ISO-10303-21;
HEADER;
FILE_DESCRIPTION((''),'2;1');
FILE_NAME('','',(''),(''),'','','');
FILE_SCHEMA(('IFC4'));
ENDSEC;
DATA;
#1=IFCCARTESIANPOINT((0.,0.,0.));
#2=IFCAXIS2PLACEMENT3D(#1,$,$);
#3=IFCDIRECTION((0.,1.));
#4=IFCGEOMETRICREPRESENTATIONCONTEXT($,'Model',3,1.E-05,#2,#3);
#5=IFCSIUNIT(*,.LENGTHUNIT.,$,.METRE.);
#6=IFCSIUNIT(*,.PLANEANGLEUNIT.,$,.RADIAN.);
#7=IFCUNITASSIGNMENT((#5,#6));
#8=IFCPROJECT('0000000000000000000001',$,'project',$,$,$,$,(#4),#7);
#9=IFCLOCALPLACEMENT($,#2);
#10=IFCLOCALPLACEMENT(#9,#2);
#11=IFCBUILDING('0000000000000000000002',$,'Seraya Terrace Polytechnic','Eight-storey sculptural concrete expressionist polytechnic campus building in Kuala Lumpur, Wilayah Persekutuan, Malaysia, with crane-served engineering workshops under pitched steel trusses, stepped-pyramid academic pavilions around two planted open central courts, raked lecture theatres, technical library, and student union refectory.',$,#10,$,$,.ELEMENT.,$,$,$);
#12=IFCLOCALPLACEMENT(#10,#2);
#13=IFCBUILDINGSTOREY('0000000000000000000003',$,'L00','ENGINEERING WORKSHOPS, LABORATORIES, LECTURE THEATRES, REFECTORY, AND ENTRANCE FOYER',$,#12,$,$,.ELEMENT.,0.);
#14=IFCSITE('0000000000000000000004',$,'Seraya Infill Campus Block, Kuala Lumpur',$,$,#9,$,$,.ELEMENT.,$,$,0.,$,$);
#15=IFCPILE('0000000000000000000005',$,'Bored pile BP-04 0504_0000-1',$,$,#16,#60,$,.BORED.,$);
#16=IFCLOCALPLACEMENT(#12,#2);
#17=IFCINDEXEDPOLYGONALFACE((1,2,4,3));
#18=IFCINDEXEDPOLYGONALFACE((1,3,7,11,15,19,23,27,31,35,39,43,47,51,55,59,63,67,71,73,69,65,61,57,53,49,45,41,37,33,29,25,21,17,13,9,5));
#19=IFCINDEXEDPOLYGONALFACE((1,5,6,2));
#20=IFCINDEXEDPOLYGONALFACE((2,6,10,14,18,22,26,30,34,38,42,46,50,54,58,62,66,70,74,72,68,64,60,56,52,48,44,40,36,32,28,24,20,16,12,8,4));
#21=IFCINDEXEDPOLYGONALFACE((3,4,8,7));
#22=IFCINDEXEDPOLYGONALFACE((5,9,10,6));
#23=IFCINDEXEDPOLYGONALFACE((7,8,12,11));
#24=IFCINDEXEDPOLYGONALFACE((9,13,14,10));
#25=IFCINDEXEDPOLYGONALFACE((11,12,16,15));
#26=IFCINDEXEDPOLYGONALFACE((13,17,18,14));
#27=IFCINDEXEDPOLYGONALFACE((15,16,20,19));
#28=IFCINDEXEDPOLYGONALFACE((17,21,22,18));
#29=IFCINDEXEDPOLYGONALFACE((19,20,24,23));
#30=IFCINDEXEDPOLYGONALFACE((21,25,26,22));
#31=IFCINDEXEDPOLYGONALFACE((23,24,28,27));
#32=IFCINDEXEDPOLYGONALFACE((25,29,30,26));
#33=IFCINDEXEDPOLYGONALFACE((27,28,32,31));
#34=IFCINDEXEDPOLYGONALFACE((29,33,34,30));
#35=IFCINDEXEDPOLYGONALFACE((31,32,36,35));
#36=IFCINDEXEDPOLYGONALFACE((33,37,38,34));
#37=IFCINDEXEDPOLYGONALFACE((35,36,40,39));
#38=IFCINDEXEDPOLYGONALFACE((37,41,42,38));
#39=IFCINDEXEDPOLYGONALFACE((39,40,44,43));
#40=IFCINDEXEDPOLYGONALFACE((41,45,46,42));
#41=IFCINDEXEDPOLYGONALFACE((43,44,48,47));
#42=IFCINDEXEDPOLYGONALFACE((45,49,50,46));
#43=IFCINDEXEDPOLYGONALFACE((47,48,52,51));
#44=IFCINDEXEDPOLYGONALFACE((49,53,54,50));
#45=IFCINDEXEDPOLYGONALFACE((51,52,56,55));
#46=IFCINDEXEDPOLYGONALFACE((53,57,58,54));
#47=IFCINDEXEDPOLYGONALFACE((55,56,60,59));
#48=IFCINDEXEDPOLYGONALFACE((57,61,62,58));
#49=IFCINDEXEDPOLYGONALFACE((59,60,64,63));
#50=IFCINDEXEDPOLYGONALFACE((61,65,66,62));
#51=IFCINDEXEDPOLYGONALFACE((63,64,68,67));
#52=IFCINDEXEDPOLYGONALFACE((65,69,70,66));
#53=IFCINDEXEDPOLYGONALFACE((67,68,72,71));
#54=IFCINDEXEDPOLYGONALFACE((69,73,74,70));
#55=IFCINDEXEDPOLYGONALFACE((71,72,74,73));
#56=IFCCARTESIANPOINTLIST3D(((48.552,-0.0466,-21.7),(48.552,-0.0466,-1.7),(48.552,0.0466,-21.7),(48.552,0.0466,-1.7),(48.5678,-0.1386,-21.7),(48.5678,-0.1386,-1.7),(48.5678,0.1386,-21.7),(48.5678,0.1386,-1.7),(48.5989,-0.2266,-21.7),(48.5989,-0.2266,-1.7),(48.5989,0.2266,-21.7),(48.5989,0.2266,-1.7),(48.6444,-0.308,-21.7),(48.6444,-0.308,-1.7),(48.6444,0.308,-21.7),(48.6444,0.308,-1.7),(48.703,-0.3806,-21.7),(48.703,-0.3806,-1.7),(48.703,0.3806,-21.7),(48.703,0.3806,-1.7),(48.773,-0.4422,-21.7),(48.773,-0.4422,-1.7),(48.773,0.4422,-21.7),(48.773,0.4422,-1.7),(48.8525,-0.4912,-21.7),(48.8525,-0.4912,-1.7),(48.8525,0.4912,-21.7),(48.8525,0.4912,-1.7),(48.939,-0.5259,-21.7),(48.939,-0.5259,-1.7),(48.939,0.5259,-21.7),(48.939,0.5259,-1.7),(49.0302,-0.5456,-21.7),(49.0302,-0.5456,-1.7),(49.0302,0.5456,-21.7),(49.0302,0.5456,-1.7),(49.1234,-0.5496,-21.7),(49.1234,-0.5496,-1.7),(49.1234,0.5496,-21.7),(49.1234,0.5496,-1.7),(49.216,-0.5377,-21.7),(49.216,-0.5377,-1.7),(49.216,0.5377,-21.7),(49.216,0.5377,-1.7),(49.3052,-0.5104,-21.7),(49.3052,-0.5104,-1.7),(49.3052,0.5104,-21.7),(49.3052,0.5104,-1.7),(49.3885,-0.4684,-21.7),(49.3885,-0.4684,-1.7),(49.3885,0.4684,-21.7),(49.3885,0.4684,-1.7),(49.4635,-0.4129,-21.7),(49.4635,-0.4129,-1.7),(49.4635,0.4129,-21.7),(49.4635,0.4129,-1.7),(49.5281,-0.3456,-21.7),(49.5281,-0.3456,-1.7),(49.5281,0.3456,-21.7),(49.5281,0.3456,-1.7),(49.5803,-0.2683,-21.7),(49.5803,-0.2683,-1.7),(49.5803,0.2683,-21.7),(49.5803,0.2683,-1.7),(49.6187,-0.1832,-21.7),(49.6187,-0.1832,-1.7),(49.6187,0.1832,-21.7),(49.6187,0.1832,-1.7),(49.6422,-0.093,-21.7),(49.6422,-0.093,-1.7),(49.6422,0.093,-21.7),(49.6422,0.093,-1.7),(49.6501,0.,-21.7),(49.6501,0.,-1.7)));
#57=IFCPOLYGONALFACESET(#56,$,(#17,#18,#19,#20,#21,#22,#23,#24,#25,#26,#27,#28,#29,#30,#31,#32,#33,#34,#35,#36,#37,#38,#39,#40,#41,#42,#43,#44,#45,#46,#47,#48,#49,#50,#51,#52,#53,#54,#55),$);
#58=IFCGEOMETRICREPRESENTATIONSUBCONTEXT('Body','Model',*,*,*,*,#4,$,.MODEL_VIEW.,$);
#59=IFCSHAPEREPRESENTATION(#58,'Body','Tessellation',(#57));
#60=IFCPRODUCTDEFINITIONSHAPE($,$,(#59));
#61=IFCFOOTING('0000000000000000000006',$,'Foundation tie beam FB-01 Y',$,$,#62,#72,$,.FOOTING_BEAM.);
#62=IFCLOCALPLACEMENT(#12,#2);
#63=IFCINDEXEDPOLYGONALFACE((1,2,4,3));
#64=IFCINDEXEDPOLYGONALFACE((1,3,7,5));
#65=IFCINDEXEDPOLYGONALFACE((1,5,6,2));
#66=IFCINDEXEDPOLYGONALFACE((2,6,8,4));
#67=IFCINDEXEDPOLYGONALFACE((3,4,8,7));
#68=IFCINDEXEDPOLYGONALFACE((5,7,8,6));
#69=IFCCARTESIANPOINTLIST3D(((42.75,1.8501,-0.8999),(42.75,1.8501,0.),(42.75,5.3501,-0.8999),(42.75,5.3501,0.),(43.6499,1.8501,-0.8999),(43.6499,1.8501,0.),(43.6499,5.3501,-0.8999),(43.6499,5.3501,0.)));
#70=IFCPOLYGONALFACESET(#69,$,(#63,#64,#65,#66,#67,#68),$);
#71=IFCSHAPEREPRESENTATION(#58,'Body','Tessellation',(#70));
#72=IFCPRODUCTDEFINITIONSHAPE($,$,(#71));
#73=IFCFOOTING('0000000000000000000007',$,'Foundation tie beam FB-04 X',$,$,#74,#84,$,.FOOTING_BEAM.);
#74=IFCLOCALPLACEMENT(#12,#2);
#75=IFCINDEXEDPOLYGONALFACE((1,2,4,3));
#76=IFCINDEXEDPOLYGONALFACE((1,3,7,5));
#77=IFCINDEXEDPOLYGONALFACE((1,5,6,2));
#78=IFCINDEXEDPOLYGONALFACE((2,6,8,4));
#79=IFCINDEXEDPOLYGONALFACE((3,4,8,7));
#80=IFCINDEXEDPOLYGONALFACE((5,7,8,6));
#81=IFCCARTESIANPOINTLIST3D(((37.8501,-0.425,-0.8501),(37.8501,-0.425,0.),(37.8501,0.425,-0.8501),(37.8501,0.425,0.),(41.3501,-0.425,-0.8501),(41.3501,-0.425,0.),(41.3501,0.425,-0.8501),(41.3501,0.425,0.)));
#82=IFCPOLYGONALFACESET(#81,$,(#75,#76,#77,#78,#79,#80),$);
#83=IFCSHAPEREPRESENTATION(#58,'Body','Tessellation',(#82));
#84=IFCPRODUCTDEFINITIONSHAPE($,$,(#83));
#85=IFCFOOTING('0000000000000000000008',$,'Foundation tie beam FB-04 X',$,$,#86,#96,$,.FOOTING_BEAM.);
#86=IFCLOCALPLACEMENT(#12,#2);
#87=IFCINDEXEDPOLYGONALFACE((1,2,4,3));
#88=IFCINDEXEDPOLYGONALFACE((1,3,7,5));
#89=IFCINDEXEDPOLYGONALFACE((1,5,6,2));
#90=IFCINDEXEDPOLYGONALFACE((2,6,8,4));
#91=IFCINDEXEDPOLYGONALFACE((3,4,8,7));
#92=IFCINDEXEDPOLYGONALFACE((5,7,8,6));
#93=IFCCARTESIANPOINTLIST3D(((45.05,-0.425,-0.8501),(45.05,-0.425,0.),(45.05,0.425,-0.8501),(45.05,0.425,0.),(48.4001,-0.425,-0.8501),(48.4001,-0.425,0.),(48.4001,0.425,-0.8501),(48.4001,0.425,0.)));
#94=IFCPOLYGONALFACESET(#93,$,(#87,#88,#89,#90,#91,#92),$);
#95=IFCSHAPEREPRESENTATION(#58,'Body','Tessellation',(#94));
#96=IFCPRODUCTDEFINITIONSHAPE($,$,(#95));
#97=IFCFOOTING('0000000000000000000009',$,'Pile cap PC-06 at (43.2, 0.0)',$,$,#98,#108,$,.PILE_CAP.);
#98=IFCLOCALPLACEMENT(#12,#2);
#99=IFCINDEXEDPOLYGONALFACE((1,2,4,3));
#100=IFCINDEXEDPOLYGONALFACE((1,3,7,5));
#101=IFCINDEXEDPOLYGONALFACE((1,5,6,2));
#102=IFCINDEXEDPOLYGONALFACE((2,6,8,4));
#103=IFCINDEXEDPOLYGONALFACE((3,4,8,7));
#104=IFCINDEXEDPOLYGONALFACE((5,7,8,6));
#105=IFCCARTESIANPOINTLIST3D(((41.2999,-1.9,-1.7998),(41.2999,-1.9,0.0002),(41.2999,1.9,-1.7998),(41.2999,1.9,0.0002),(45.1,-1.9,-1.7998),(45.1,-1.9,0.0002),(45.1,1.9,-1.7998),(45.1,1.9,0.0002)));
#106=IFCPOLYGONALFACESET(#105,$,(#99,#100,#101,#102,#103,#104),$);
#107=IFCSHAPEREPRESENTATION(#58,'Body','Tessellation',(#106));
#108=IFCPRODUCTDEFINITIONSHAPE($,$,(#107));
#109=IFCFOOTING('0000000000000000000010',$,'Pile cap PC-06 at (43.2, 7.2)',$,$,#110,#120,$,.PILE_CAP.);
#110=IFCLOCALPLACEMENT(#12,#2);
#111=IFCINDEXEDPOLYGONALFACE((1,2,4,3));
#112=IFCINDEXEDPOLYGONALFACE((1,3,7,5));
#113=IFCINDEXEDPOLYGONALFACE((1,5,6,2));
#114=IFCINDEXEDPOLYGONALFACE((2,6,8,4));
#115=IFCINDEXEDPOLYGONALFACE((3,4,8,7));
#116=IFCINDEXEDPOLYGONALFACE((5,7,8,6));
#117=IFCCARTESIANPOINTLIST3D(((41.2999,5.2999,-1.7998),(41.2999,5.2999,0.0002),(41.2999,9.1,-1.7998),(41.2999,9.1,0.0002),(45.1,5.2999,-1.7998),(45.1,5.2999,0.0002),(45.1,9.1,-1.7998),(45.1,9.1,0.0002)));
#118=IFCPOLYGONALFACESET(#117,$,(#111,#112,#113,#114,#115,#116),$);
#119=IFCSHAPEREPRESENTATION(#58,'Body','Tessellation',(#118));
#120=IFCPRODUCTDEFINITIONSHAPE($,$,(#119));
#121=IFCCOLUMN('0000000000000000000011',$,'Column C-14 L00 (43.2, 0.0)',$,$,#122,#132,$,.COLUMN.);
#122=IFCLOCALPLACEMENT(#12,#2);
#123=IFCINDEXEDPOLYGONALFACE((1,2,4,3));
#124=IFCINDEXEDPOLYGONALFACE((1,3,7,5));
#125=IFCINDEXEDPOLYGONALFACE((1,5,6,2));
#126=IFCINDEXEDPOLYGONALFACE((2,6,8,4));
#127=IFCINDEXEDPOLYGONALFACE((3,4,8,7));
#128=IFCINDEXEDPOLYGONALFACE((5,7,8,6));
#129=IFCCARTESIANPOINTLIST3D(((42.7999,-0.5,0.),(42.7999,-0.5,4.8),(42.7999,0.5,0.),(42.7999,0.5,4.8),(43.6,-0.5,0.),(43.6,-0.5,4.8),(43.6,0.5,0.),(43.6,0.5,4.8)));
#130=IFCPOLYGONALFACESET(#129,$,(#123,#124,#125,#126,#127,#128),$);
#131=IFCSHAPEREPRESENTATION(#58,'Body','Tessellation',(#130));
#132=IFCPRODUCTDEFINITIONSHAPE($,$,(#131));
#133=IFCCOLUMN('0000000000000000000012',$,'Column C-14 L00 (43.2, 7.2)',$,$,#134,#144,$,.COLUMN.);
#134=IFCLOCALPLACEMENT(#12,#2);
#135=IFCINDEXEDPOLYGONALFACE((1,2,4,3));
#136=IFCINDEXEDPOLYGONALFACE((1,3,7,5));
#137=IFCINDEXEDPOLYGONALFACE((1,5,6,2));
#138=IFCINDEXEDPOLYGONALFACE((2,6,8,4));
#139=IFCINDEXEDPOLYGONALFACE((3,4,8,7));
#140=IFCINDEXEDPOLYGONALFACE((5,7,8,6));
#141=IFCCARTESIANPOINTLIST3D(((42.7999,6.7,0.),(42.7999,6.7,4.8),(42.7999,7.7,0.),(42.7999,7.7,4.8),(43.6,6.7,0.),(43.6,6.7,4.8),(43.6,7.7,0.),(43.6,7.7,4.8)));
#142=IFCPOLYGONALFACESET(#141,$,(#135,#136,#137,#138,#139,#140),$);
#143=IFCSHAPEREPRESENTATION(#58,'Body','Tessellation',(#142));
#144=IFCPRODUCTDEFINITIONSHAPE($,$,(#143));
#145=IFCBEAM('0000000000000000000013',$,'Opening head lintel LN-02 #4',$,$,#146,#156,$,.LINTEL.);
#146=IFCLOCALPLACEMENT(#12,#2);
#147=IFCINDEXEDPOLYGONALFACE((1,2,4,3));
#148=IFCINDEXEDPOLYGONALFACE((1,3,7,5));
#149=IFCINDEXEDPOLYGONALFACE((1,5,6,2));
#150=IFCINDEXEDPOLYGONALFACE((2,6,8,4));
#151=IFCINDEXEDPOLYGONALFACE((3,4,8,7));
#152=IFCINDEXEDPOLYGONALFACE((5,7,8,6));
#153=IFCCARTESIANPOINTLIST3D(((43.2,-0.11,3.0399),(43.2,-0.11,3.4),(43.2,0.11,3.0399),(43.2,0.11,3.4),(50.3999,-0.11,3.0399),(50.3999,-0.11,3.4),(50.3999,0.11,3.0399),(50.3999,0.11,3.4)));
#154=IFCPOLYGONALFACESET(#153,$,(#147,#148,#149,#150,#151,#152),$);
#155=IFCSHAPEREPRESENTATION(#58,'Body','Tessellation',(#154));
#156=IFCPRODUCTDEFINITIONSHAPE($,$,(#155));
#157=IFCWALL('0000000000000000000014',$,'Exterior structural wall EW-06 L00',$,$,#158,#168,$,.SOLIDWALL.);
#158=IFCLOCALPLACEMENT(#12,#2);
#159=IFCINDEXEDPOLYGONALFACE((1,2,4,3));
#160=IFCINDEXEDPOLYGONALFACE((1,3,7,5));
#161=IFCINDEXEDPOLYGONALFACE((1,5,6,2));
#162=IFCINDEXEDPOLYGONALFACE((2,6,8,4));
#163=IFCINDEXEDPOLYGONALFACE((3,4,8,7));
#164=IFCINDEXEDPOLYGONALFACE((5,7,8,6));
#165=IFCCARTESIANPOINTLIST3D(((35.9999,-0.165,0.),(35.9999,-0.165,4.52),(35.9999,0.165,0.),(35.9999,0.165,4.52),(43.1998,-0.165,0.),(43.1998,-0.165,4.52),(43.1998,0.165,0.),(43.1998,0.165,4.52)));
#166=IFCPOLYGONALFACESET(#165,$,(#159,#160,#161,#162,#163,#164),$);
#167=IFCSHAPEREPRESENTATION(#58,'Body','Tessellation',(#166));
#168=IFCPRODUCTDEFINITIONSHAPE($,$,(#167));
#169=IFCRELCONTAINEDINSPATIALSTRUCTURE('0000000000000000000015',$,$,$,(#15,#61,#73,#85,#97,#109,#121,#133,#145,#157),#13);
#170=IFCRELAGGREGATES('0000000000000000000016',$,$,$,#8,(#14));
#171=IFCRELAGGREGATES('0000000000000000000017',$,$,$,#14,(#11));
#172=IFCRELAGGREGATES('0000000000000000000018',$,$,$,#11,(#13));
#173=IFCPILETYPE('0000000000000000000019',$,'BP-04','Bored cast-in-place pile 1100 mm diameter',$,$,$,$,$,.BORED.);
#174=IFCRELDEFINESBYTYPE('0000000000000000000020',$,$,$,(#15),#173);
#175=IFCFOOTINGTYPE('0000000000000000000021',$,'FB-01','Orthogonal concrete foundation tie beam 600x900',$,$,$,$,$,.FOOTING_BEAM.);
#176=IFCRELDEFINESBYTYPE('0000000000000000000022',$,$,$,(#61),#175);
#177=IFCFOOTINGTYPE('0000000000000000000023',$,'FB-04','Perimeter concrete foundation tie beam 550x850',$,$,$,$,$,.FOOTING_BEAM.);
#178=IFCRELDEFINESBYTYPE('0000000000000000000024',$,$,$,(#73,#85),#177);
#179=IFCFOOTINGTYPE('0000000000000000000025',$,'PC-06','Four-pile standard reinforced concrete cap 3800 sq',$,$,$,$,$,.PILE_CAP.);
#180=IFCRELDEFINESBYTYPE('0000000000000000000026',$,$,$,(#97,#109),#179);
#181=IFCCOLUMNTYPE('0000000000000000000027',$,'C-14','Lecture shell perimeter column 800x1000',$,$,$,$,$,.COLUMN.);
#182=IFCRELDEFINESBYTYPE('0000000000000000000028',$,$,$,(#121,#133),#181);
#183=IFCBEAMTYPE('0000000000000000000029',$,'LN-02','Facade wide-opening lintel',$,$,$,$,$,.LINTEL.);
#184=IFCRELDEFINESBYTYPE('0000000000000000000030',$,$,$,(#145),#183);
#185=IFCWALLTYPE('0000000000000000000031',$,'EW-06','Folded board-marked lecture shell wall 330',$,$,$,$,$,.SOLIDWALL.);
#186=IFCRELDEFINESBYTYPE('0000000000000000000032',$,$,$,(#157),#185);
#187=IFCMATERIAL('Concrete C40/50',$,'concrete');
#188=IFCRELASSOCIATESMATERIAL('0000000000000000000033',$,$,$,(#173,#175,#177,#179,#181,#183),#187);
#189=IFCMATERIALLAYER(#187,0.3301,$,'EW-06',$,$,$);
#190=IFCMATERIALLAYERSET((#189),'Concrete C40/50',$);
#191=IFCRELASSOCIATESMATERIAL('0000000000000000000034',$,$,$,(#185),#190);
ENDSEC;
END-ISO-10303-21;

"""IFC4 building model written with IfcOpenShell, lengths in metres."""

from ifc_helpers import new_model, si_unit, direction, frame, frame_2d, origin, origin_2d, place, context, subcontext, project, spatial, rectangle, circle, extrude, material, layer, layer_set, material_profile, profile_set, type_object, element, save


model = new_model("IFC4")

# Units and contexts
model_context = context("Model", 3, precision=1e-05, world=origin(), true_north=direction((0.0, 1.0)))
body_context = subcontext(model_context, "Body", "Model", "MODEL_VIEW")
ifc_project = project(units=[si_unit("LENGTHUNIT", "METRE"), si_unit("PLANEANGLEUNIT", "RADIAN")], contexts=[model_context])

# Site, building, storey
site_placement = place(None, origin())
site = spatial("IfcSite", under=ifc_project, at=site_placement, Name="Seraya Infill Campus Block, Kuala Lumpur", CompositionType="ELEMENT", RefElevation=0.0)
building_placement = place(site_placement, origin())
building = spatial("IfcBuilding", under=site, at=building_placement, Name="Seraya Terrace Polytechnic", Description="Eight-storey sculptural concrete expressionist polytechnic campus building in Kuala Lumpur, Wilayah Persekutuan, Malaysia, with crane-served engineering workshops under pitched steel trusses, stepped-pyramid academic pavilions around two planted open central courts, raked lecture theatres, technical library, and student union refectory.", CompositionType="ELEMENT")
storey_placement = place(building_placement, origin())
storey = spatial("IfcBuildingStorey", under=building, at=storey_placement, Name="L00", Description="ENGINEERING WORKSHOPS, LABORATORIES, LECTURE THEATRES, REFECTORY, AND ENTRANCE FOYER", CompositionType="ELEMENT", Elevation=0.0)

# Pile
ifc_material_1 = material(Name="Concrete C40/50", Category="concrete")
ifc_material_profile_1 = material_profile(ifc_material_1, circle(Radius=0.55, at=origin_2d()), Name="DIA 1100")
ifc_profile_set_1 = profile_set([ifc_material_profile_1], Name="Concrete C40/50")
pile_type_1 = type_object("IfcPileType", Name="BP-04", Description="Bored cast-in-place pile 1100 mm diameter", PredefinedType="BORED", material=ifc_profile_set_1)
pile_placement = place(storey_placement, frame((49.1001, 0.0, -1.7), z_axis=(0.0, 0.0, -1.0), x_axis=(1.0, 0.0, 0.0)))
element("IfcPile", 1, at=pile_placement, inside=storey, type_object=pile_type_1, Name="Bored pile BP-04 0504_0000-1", PredefinedType="BORED", context=body_context, shape_type="SweptSolid", body=[
    extrude(circle(Radius=0.55, at=origin_2d()), origin(), (0.0, 0.0, 1.0), 20.0),
])

# Footings
footing_type_1 = type_object("IfcFootingType", Name="FB-01", Description="Orthogonal concrete foundation tie beam 600x900", PredefinedType="FOOTING_BEAM", material=ifc_material_1)
footing_1_placement = place(storey_placement, frame((43.2, 3.6001, -0.8999), z_axis=(0.0, 0.0, 1.0), x_axis=(0.0, 1.0, 0.0)))
element("IfcFooting", 2, at=footing_1_placement, inside=storey, type_object=footing_type_1, Name="Foundation tie beam FB-01 Y", PredefinedType="FOOTING_BEAM", context=body_context, shape_type="SweptSolid", body=[
    extrude(rectangle(XDim=3.5, YDim=0.8999, at=origin_2d()), origin(), (0.0, 0.0, 1.0), 0.8999),
])
footing_type_2 = type_object("IfcFootingType", Name="FB-04", Description="Perimeter concrete foundation tie beam 550x850", PredefinedType="FOOTING_BEAM", material=ifc_material_1)
footing_2_placement = place(storey_placement, frame((39.6001, 0.0, -0.8501), z_axis=(0.0, 0.0, 1.0), x_axis=(1.0, 0.0, 0.0)))
element("IfcFooting", 3, at=footing_2_placement, inside=storey, type_object=footing_type_2, Name="Foundation tie beam FB-04 X", PredefinedType="FOOTING_BEAM", context=body_context, shape_type="SweptSolid", body=[
    extrude(rectangle(XDim=3.5, YDim=0.8501, at=origin_2d()), origin(), (0.0, 0.0, 1.0), 0.8501),
])
footing_3_placement = place(storey_placement, frame((46.7251, 0.0, -0.8501), z_axis=(0.0, 0.0, 1.0), x_axis=(1.0, 0.0, 0.0)))
element("IfcFooting", 4, at=footing_3_placement, inside=storey, type_object=footing_type_2, Name="Foundation tie beam FB-04 X", PredefinedType="FOOTING_BEAM", context=body_context, shape_type="SweptSolid", body=[
    extrude(rectangle(XDim=3.3501, YDim=0.8501, at=origin_2d()), origin(), (0.0, 0.0, 1.0), 0.8501),
])
footing_type_3 = type_object("IfcFootingType", Name="PC-06", Description="Four-pile standard reinforced concrete cap 3800 sq", PredefinedType="PILE_CAP", material=ifc_material_1)
for number, where, z_axis, x_axis, name in (
    (5, (43.2, 0.0, -1.7998), (0.0, 0.0, 1.0), (1.0, 0.0, 0.0), "Pile cap PC-06 at (43.2, 0.0)"),
    (6, (43.2, 7.2, -1.7998), (0.0, 0.0, 1.0), (1.0, 0.0, 0.0), "Pile cap PC-06 at (43.2, 7.2)"),
):
    element("IfcFooting", number, at=place(storey_placement, frame(where, z_axis=z_axis, x_axis=x_axis)), inside=storey, type_object=footing_type_3, Name=name, PredefinedType="PILE_CAP", context=body_context, shape_type="SweptSolid", body=[
        extrude(rectangle(XDim=3.8, YDim=3.8, at=origin_2d()), origin(), (0.0, 0.0, 1.0), 1.8),
    ])

# Columns
ifc_material_profile_2 = material_profile(ifc_material_1, rectangle(XDim=0.8, YDim=1.0, at=origin_2d()), Name="RC 800x1000")
ifc_profile_set_2 = profile_set([ifc_material_profile_2], Name="Concrete C40/50")
column_type = type_object("IfcColumnType", Name="C-14", Description="Lecture shell perimeter column 800x1000", PredefinedType="COLUMN", material=ifc_profile_set_2)
for number, where, z_axis, x_axis, name in (
    (7, (43.2, 0.0, 0.0), (0.0, 0.0, 1.0), (1.0, 0.0, 0.0), "Column C-14 L00 (43.2, 0.0)"),
    (8, (43.2, 7.2, 0.0), (0.0, 0.0, 1.0), (1.0, 0.0, 0.0), "Column C-14 L00 (43.2, 7.2)"),
):
    element("IfcColumn", number, at=place(storey_placement, frame(where, z_axis=z_axis, x_axis=x_axis)), inside=storey, type_object=column_type, Name=name, PredefinedType="COLUMN", context=body_context, shape_type="SweptSolid", body=[
        extrude(rectangle(XDim=0.8, YDim=1.0, at=origin_2d()), origin(), (0.0, 0.0, 1.0), 4.8),
    ])

# Beam
ifc_material_profile_3 = material_profile(ifc_material_1, rectangle(XDim=0.22, YDim=0.3601, at=origin_2d()), Name="RC 220x360")
ifc_profile_set_3 = profile_set([ifc_material_profile_3], Name="Concrete C40/50")
beam_type = type_object("IfcBeamType", Name="LN-02", Description="Facade wide-opening lintel", PredefinedType="LINTEL", material=ifc_profile_set_3)
beam_placement = place(storey_placement, frame((43.2, 0.0, 3.22), z_axis=(1.0, 0.0, 0.0), x_axis=(0.0, 1.0, 0.0)))
element("IfcBeam", 9, at=beam_placement, inside=storey, type_object=beam_type, Name="Opening head lintel LN-02 #4", PredefinedType="LINTEL", context=body_context, shape_type="SweptSolid", body=[
    extrude(rectangle(XDim=0.22, YDim=0.3601, at=origin_2d()), origin(), (0.0, 0.0, 1.0), 7.2),
])

# Wall
ifc_layer_1 = layer(ifc_material_1, 0.3301, Name="EW-06")
ifc_layer_set_1 = layer_set([ifc_layer_1], Name="Concrete C40/50")
wall_type_1 = type_object("IfcWallType", Name="EW-06", Description="Folded board-marked lecture shell wall 330", PredefinedType="SOLIDWALL", material=ifc_layer_set_1)
wall_1_placement = place(storey_placement, frame((43.2, 0.0, 0.0), z_axis=(0.0, 0.0, 1.0), x_axis=(-1.0, 0.0, 0.0)))
element("IfcWall", 10, at=wall_1_placement, inside=storey, type_object=wall_type_1, Name="Exterior structural wall EW-06 L00", PredefinedType="SOLIDWALL", context=body_context, shape_type="SweptSolid", body=[
    extrude(rectangle(XDim=7.2, YDim=0.3301, at=frame_2d((3.6001, 0.0))), origin(), (0.0, 0.0, 1.0), 4.52),
])

save(model, "model.ifc")
